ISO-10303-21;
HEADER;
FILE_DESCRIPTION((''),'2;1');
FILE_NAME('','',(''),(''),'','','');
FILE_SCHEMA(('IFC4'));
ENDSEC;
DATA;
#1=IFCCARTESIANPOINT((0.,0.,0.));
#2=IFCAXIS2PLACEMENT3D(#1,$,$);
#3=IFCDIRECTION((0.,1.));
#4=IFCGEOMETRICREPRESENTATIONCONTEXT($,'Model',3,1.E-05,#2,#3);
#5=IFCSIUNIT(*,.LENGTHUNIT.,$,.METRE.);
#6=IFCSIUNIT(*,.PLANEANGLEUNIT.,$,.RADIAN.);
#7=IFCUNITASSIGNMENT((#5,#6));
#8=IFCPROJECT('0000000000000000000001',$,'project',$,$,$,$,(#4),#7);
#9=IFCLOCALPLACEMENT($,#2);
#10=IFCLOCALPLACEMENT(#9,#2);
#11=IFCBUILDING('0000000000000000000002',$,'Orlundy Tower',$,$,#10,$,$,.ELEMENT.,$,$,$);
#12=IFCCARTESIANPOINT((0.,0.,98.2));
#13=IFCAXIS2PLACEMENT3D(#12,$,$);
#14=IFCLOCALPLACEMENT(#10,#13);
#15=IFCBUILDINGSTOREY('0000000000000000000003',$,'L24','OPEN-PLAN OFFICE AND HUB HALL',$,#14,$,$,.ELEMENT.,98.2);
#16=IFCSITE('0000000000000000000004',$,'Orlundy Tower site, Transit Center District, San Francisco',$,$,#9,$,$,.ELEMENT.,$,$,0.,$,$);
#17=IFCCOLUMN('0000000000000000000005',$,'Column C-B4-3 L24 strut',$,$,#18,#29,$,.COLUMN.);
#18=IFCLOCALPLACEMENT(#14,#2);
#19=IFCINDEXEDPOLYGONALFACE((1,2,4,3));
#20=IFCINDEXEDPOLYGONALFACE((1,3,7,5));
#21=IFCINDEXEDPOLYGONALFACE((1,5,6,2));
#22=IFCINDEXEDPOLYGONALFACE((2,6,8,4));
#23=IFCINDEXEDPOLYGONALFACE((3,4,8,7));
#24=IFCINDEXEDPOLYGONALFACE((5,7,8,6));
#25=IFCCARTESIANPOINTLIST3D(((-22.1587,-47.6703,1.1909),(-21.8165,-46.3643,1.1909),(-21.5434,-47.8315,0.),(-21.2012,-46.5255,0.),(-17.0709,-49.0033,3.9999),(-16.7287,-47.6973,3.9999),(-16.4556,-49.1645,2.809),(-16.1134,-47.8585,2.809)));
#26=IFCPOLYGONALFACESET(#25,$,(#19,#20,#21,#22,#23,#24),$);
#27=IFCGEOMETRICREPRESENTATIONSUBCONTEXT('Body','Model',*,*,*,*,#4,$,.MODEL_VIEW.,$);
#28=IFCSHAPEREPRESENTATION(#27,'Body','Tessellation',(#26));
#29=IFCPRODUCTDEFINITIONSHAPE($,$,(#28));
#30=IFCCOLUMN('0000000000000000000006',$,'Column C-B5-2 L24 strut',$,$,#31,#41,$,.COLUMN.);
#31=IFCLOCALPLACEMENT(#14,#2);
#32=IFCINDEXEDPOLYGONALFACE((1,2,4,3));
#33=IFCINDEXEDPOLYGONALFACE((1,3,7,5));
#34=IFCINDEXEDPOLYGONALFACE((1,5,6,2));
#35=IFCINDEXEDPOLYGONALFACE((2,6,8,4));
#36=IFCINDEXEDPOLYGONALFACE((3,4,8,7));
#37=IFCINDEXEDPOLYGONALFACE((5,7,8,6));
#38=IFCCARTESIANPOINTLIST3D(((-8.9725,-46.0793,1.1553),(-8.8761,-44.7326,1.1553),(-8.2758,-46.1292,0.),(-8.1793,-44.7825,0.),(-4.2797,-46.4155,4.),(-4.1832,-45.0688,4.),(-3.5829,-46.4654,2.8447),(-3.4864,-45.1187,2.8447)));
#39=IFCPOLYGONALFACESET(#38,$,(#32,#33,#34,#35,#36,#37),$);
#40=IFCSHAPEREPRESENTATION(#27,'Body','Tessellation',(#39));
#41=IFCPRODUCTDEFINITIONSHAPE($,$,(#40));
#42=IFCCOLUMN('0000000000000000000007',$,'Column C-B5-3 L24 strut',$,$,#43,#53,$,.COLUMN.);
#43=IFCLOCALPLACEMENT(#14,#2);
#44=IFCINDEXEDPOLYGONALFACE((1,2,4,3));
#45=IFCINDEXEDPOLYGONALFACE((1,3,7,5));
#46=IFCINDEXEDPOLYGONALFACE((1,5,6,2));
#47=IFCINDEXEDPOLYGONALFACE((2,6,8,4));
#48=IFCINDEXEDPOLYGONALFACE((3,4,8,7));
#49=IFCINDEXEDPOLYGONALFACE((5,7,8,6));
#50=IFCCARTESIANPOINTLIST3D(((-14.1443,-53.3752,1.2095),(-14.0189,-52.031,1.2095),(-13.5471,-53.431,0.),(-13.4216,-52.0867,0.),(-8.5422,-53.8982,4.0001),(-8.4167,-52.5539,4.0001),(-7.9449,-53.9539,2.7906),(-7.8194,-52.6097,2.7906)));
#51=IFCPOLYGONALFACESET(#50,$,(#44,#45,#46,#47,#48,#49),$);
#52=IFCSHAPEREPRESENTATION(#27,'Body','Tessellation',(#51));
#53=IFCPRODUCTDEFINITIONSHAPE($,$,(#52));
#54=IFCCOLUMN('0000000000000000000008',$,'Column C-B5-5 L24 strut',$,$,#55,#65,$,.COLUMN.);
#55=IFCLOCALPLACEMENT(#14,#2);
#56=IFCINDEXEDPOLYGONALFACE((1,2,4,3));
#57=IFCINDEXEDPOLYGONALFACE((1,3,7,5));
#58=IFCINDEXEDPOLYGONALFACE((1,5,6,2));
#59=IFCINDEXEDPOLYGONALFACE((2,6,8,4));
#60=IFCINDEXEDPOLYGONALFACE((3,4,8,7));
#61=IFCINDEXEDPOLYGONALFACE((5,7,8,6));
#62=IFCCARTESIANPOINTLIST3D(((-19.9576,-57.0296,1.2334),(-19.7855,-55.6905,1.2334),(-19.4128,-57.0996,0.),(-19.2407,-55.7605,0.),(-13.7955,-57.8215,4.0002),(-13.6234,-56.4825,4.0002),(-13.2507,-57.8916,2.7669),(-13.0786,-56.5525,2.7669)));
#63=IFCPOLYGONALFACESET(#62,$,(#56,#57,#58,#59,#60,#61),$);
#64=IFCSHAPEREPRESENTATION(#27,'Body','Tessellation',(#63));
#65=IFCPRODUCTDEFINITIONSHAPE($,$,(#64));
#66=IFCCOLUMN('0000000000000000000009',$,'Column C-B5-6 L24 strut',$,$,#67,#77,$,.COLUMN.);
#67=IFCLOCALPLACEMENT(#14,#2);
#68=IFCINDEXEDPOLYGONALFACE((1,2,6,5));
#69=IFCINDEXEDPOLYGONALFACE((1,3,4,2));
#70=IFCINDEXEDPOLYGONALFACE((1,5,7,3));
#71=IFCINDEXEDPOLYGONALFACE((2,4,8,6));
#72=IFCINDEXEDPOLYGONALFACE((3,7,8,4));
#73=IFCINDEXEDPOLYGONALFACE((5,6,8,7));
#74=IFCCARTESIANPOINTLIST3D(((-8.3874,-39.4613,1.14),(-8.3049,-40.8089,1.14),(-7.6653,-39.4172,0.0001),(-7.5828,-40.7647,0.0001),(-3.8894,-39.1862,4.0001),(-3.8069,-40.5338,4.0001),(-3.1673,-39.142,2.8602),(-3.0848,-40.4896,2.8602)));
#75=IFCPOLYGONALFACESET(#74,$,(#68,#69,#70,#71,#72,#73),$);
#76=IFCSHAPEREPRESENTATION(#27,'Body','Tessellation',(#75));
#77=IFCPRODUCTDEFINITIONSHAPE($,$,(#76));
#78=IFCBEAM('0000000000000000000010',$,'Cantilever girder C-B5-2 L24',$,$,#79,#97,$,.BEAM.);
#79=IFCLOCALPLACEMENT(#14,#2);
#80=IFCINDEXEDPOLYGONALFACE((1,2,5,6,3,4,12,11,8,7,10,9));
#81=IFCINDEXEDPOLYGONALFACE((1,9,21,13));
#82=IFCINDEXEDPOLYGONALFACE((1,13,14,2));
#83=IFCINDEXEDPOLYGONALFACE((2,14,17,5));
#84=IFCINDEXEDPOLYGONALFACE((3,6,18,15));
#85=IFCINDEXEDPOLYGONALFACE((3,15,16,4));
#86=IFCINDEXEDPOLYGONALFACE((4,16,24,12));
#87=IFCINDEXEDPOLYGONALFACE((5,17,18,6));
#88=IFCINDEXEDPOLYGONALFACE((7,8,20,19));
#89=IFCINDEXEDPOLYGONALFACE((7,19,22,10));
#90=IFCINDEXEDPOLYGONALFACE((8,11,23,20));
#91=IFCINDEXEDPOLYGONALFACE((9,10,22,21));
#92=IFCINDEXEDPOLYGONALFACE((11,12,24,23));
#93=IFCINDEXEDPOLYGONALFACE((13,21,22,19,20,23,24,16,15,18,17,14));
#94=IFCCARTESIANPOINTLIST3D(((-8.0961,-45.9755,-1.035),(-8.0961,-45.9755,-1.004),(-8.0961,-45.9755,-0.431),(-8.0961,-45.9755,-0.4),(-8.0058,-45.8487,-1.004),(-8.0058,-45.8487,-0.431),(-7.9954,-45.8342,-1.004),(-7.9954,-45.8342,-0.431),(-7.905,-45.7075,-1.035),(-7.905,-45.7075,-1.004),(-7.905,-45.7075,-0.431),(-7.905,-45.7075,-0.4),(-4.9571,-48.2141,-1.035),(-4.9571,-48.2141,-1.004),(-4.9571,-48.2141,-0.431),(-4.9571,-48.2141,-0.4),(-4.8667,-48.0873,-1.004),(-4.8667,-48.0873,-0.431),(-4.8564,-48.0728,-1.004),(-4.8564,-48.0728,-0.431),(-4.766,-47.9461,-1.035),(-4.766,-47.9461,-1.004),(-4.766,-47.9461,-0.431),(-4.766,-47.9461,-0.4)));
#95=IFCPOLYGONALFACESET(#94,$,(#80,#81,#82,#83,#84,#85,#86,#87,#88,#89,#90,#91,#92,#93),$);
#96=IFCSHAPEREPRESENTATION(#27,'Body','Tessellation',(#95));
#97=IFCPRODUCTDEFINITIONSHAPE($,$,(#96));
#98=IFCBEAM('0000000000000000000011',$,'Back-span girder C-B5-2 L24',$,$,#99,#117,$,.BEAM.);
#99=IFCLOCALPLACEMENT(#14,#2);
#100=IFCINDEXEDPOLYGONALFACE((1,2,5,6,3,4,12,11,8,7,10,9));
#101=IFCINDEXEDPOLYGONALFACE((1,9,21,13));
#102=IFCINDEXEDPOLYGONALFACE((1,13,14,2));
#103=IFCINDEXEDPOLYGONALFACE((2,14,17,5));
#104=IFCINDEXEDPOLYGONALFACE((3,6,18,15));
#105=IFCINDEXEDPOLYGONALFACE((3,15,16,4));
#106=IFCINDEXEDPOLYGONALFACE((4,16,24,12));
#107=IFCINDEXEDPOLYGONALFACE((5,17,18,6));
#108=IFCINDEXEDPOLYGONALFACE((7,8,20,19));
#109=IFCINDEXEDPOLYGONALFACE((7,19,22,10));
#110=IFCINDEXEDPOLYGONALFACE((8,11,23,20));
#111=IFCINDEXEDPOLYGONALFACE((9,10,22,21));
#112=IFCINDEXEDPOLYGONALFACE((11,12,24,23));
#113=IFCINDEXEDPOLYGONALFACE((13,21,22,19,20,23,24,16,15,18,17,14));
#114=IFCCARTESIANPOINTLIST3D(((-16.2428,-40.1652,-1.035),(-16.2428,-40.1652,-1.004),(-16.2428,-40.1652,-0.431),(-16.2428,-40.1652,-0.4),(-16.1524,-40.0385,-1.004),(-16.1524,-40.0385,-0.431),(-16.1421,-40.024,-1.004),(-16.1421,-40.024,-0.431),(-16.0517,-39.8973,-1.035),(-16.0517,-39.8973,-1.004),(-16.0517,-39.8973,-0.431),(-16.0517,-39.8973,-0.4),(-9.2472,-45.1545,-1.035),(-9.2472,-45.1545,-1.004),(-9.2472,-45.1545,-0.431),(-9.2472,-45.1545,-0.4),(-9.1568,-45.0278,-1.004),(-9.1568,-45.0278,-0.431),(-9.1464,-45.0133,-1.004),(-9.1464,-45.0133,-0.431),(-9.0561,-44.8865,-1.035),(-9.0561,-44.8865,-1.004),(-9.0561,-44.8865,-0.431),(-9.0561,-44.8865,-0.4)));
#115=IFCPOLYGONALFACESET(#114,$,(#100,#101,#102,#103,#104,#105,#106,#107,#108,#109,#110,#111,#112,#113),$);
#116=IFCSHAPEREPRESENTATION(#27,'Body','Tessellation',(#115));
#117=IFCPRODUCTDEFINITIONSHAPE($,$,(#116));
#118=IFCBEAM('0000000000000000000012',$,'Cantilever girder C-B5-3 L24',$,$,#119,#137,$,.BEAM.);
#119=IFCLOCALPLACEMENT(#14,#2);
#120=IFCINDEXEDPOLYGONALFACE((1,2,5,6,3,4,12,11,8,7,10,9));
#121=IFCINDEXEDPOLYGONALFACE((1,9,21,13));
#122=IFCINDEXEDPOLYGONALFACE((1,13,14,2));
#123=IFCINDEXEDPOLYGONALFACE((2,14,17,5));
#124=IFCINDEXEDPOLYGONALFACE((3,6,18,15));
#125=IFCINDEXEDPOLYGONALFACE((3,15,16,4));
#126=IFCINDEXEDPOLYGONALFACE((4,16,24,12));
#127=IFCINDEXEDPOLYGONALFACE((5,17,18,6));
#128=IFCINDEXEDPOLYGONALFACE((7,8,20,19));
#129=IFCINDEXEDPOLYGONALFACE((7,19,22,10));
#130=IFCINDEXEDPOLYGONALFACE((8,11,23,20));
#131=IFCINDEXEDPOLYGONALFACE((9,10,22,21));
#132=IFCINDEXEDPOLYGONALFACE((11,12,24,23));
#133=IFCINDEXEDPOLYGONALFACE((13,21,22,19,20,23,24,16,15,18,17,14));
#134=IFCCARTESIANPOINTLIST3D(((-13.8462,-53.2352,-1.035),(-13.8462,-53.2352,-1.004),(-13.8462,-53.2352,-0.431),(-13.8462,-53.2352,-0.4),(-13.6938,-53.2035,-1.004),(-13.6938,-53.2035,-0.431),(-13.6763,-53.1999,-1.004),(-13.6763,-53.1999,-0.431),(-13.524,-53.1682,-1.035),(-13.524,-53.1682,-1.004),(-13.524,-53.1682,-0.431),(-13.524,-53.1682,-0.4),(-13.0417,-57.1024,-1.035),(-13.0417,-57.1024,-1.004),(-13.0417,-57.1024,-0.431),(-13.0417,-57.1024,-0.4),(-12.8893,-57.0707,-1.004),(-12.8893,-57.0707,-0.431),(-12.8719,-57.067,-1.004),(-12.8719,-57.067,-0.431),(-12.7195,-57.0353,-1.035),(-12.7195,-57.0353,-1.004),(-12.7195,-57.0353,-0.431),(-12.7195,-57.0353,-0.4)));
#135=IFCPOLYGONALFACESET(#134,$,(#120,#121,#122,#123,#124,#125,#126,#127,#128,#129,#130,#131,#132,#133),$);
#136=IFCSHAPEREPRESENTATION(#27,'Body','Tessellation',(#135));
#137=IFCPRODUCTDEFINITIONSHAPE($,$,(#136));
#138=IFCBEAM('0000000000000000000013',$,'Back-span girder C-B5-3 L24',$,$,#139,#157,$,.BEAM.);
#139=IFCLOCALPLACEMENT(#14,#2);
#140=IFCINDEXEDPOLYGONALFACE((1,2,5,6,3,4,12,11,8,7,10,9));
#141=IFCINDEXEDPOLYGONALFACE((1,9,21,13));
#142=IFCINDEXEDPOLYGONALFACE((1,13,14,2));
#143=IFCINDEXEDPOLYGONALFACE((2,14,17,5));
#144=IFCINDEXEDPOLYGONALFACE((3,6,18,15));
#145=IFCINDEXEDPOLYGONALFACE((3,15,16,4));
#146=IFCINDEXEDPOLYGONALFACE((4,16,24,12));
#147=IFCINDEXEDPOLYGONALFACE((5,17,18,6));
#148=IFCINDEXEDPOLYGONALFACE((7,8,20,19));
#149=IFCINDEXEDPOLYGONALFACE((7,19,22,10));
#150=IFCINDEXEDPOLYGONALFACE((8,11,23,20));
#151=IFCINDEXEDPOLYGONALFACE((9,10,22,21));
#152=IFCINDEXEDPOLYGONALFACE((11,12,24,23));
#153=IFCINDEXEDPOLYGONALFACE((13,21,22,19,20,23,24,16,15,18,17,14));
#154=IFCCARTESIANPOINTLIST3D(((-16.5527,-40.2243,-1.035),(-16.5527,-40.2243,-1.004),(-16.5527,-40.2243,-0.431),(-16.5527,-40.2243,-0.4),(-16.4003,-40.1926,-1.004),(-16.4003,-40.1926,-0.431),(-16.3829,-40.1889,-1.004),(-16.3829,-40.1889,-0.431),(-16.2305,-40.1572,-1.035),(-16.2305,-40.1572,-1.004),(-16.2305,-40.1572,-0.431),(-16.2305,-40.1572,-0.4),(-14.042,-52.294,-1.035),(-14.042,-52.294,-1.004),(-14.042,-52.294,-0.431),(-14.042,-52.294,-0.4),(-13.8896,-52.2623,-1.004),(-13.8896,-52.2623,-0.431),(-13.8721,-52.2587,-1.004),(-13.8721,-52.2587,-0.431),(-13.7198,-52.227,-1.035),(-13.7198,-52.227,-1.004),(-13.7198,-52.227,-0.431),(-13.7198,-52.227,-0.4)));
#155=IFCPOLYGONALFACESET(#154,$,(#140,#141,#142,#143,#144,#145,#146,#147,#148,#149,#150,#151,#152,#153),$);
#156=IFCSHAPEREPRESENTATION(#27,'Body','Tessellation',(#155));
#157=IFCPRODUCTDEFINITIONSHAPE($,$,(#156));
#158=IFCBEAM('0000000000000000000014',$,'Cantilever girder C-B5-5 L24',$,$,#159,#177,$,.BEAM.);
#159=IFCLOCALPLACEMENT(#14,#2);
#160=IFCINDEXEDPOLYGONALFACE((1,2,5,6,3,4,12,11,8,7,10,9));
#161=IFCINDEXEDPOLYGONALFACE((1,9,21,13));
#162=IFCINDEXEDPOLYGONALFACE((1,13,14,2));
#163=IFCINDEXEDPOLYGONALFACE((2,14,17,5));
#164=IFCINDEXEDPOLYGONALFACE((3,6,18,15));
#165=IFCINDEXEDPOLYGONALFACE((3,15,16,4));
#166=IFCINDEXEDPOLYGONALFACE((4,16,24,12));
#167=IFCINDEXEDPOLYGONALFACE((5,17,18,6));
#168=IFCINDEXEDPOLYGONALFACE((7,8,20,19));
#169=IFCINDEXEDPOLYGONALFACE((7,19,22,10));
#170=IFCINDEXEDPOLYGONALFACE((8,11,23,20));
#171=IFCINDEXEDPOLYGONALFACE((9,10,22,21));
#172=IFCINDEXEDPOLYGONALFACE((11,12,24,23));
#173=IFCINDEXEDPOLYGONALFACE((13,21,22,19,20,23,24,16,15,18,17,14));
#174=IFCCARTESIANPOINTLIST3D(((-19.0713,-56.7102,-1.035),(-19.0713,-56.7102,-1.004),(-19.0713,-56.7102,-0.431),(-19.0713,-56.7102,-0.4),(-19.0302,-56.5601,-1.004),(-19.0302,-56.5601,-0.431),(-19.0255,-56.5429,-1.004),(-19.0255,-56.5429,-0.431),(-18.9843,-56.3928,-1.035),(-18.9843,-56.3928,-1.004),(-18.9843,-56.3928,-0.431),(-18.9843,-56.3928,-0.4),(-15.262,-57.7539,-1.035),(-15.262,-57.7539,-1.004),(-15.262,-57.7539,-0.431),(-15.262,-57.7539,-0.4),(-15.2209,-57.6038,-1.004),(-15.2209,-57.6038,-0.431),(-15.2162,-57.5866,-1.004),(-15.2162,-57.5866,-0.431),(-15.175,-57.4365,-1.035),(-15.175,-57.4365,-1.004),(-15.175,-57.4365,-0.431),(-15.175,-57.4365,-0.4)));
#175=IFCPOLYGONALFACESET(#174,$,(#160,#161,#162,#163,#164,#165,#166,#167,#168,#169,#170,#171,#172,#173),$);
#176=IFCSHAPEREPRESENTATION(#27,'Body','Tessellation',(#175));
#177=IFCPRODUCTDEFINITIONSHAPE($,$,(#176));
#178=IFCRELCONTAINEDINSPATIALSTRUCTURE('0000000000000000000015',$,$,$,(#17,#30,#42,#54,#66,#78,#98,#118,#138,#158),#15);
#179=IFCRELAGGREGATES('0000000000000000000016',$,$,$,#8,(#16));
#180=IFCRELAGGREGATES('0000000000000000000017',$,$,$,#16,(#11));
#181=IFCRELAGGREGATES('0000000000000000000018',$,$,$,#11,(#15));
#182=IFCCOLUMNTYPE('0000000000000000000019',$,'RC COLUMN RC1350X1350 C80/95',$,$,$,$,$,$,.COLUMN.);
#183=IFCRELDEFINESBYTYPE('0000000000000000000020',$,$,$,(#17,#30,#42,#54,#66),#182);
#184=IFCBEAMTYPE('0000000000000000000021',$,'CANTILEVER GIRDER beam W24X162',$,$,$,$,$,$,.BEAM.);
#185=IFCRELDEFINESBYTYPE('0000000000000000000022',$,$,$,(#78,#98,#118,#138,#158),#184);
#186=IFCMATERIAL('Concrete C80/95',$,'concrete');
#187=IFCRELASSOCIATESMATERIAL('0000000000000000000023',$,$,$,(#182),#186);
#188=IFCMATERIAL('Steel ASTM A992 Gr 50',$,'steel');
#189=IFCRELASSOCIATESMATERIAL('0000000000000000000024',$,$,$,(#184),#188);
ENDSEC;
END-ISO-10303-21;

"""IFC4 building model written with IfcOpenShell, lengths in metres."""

from ifc_helpers import new_model, si_unit, direction, frame, origin, origin_2d, place, context, subcontext, project, spatial, rectangle, i_section, extrude, material, material_profile, profile_set, type_object, element, save


model = new_model("IFC4")

# Units and contexts
model_context = context("Model", 3, precision=1e-05, world=origin(), true_north=direction((0.0, 1.0)))
body_context = subcontext(model_context, "Body", "Model", "MODEL_VIEW")
ifc_project = project(units=[si_unit("LENGTHUNIT", "METRE"), si_unit("PLANEANGLEUNIT", "RADIAN")], contexts=[model_context])

# Site, building, storey
site_placement = place(None, origin())
site = spatial("IfcSite", under=ifc_project, at=site_placement, Name="Orlundy Tower site, Transit Center District, San Francisco", CompositionType="ELEMENT", RefElevation=0.0)
building_placement = place(site_placement, origin())
building = spatial("IfcBuilding", under=site, at=building_placement, Name="Orlundy Tower", CompositionType="ELEMENT")
storey_placement = place(building_placement, frame((0.0, 0.0, 98.2)))
storey = spatial("IfcBuildingStorey", under=building, at=storey_placement, Name="L24", Description="OPEN-PLAN OFFICE AND HUB HALL", CompositionType="ELEMENT", Elevation=98.2)

# Columns
ifc_material_1 = material(Name="Concrete C80/95", Category="concrete")
ifc_material_profile_1 = material_profile(ifc_material_1, rectangle(XDim=1.3501, YDim=1.3501, at=origin_2d()), Name="RC1350X1350")
ifc_profile_set_1 = profile_set([ifc_material_profile_1], Name="Concrete C80/95")
column_type = type_object("IfcColumnType", Name="RC COLUMN RC1350X1350 C80/95", PredefinedType="COLUMN", material=ifc_profile_set_1)
column_1_placement = place(storey_placement, frame((-21.6799, -47.0979, 0.5955), z_axis=(0.853278, -0.223556, 0.471104), x_axis=(0.253442, 0.967351, 0.0)))
element("IfcColumn", 1, at=column_1_placement, inside=storey, type_object=column_type, Name="Column C-B4-3 L24 strut", PredefinedType="COLUMN", context=body_context, shape_type="SweptSolid", body=[
    extrude(rectangle(XDim=1.3501, YDim=1.3501, at=origin_2d()), origin(), (0.0, 0.0, 1.0), 5.9626),
])
column_2_placement = place(storey_placement, frame((-8.5759, -45.4309, 0.5776), z_axis=(0.853552, -0.061146, 0.517407), x_axis=(0.071454, 0.997444, 0.0)))
element("IfcColumn", 2, at=column_2_placement, inside=storey, type_object=column_type, Name="Column C-B5-2 L24 strut", PredefinedType="COLUMN", context=body_context, shape_type="SweptSolid", body=[
    extrude(rectangle(XDim=1.3501, YDim=1.3501, at=origin_2d()), origin(), (0.0, 0.0, 1.0), 5.498),
])
column_3_placement = place(storey_placement, frame((-13.783, -52.731, 0.6047), z_axis=(0.891989, -0.083267, 0.444323), x_axis=(0.092946, 0.995671, 0.0)))
element("IfcColumn", 3, at=column_3_placement, inside=storey, type_object=column_type, Name="Column C-B5-3 L24 strut", PredefinedType="COLUMN", context=body_context, shape_type="SweptSolid", body=[
    extrude(rectangle(XDim=1.3501, YDim=1.3501, at=origin_2d()), origin(), (0.0, 0.0, 1.0), 6.2805),
])
column_4_placement = place(storey_placement, frame((-19.5991, -56.395, 0.6167), z_axis=(0.906053, -0.116451, 0.406826), x_axis=(0.127478, 0.991841, 0.0)))
element("IfcColumn", 4, at=column_4_placement, inside=storey, type_object=column_type, Name="Column C-B5-5 L24 strut", PredefinedType="COLUMN", context=body_context, shape_type="SweptSolid", body=[
    extrude(rectangle(XDim=1.3501, YDim=1.3501, at=origin_2d()), origin(), (0.0, 0.0, 1.0), 6.801),
])
column_5_placement = place(storey_placement, frame((-7.9851, -40.113, 0.5701), z_axis=(0.842734, 0.05155, 0.535857), x_axis=(-0.061056, 0.998134, 0.0)))
element("IfcColumn", 5, at=column_5_placement, inside=storey, type_object=column_type, Name="Column C-B5-6 L24 strut", PredefinedType="COLUMN", context=body_context, shape_type="SweptSolid", body=[
    extrude(rectangle(XDim=1.3501, YDim=1.3501, at=origin_2d()), origin(), (0.0, 0.0, 1.0), 5.3374),
])

# Beams
ifc_material_2 = material(Name="Steel ASTM A992 Gr 50", Category="steel")
ifc_material_profile_2 = material_profile(ifc_material_2, i_section(OverallWidth=0.3291, OverallDepth=0.635, WebThickness=0.0178, FlangeThickness=0.031, at=origin_2d()), Name="W24X162")
ifc_profile_set_2 = profile_set([ifc_material_profile_2], Name="Steel ASTM A992 Gr 50")
beam_type = type_object("IfcBeamType", Name="CANTILEVER GIRDER beam W24X162", PredefinedType="BEAM", material=ifc_profile_set_2)
beam_1_placement = place(storey_placement, frame((-4.8616, -48.0801, -0.7175), z_axis=(-0.81417, 0.580627, 0.0), x_axis=(-0.580627, -0.81417, 0.0)))
element("IfcBeam", 6, at=beam_1_placement, inside=storey, type_object=beam_type, Name="Cantilever girder C-B5-2 L24", PredefinedType="BEAM", context=body_context, shape_type="SweptSolid", body=[
    extrude(i_section(OverallWidth=0.3291, OverallDepth=0.635, WebThickness=0.0178, FlangeThickness=0.031, at=origin_2d()), origin(), (0.0, 0.0, 1.0), 3.8555),
])
beam_2_placement = place(storey_placement, frame((-9.1516, -45.0205, -0.7175), z_axis=(-0.814152, 0.580652, 0.0), x_axis=(-0.580652, -0.814152, 0.0)))
element("IfcBeam", 7, at=beam_2_placement, inside=storey, type_object=beam_type, Name="Back-span girder C-B5-2 L24", PredefinedType="BEAM", context=body_context, shape_type="SweptSolid", body=[
    extrude(i_section(OverallWidth=0.3291, OverallDepth=0.635, WebThickness=0.0178, FlangeThickness=0.031, at=origin_2d()), origin(), (0.0, 0.0, 1.0), 8.5925),
])
beam_3_placement = place(storey_placement, frame((-12.8806, -57.0688, -0.7175), z_axis=(-0.203658, 0.979042, 0.0), x_axis=(-0.979042, -0.203658, 0.0)))
element("IfcBeam", 8, at=beam_3_placement, inside=storey, type_object=beam_type, Name="Cantilever girder C-B5-3 L24", PredefinedType="BEAM", context=body_context, shape_type="SweptSolid", body=[
    extrude(i_section(OverallWidth=0.3291, OverallDepth=0.635, WebThickness=0.0178, FlangeThickness=0.031, at=origin_2d()), origin(), (0.0, 0.0, 1.0), 3.95),
])
beam_4_placement = place(storey_placement, frame((-13.8809, -52.2605, -0.7175), z_axis=(-0.203658, 0.979042, 0.0), x_axis=(-0.979042, -0.203658, 0.0)))
element("IfcBeam", 9, at=beam_4_placement, inside=storey, type_object=beam_type, Name="Back-span girder C-B5-3 L24", PredefinedType="BEAM", context=body_context, shape_type="SweptSolid", body=[
    extrude(i_section(OverallWidth=0.3291, OverallDepth=0.635, WebThickness=0.0178, FlangeThickness=0.031, at=origin_2d()), origin(), (0.0, 0.0, 1.0), 12.3281),
])
beam_5_placement = place(storey_placement, frame((-15.2185, -57.5952, -0.7175), z_axis=(-0.964455, 0.264247, 0.0), x_axis=(-0.264247, -0.964455, 0.0)))
element("IfcBeam", 10, at=beam_5_placement, inside=storey, type_object=beam_type, Name="Cantilever girder C-B5-5 L24", PredefinedType="BEAM", context=body_context, shape_type="SweptSolid", body=[
    extrude(i_section(OverallWidth=0.3291, OverallDepth=0.635, WebThickness=0.0178, FlangeThickness=0.031, at=origin_2d()), origin(), (0.0, 0.0, 1.0), 3.9497),
])

save(model, "model.ifc")
